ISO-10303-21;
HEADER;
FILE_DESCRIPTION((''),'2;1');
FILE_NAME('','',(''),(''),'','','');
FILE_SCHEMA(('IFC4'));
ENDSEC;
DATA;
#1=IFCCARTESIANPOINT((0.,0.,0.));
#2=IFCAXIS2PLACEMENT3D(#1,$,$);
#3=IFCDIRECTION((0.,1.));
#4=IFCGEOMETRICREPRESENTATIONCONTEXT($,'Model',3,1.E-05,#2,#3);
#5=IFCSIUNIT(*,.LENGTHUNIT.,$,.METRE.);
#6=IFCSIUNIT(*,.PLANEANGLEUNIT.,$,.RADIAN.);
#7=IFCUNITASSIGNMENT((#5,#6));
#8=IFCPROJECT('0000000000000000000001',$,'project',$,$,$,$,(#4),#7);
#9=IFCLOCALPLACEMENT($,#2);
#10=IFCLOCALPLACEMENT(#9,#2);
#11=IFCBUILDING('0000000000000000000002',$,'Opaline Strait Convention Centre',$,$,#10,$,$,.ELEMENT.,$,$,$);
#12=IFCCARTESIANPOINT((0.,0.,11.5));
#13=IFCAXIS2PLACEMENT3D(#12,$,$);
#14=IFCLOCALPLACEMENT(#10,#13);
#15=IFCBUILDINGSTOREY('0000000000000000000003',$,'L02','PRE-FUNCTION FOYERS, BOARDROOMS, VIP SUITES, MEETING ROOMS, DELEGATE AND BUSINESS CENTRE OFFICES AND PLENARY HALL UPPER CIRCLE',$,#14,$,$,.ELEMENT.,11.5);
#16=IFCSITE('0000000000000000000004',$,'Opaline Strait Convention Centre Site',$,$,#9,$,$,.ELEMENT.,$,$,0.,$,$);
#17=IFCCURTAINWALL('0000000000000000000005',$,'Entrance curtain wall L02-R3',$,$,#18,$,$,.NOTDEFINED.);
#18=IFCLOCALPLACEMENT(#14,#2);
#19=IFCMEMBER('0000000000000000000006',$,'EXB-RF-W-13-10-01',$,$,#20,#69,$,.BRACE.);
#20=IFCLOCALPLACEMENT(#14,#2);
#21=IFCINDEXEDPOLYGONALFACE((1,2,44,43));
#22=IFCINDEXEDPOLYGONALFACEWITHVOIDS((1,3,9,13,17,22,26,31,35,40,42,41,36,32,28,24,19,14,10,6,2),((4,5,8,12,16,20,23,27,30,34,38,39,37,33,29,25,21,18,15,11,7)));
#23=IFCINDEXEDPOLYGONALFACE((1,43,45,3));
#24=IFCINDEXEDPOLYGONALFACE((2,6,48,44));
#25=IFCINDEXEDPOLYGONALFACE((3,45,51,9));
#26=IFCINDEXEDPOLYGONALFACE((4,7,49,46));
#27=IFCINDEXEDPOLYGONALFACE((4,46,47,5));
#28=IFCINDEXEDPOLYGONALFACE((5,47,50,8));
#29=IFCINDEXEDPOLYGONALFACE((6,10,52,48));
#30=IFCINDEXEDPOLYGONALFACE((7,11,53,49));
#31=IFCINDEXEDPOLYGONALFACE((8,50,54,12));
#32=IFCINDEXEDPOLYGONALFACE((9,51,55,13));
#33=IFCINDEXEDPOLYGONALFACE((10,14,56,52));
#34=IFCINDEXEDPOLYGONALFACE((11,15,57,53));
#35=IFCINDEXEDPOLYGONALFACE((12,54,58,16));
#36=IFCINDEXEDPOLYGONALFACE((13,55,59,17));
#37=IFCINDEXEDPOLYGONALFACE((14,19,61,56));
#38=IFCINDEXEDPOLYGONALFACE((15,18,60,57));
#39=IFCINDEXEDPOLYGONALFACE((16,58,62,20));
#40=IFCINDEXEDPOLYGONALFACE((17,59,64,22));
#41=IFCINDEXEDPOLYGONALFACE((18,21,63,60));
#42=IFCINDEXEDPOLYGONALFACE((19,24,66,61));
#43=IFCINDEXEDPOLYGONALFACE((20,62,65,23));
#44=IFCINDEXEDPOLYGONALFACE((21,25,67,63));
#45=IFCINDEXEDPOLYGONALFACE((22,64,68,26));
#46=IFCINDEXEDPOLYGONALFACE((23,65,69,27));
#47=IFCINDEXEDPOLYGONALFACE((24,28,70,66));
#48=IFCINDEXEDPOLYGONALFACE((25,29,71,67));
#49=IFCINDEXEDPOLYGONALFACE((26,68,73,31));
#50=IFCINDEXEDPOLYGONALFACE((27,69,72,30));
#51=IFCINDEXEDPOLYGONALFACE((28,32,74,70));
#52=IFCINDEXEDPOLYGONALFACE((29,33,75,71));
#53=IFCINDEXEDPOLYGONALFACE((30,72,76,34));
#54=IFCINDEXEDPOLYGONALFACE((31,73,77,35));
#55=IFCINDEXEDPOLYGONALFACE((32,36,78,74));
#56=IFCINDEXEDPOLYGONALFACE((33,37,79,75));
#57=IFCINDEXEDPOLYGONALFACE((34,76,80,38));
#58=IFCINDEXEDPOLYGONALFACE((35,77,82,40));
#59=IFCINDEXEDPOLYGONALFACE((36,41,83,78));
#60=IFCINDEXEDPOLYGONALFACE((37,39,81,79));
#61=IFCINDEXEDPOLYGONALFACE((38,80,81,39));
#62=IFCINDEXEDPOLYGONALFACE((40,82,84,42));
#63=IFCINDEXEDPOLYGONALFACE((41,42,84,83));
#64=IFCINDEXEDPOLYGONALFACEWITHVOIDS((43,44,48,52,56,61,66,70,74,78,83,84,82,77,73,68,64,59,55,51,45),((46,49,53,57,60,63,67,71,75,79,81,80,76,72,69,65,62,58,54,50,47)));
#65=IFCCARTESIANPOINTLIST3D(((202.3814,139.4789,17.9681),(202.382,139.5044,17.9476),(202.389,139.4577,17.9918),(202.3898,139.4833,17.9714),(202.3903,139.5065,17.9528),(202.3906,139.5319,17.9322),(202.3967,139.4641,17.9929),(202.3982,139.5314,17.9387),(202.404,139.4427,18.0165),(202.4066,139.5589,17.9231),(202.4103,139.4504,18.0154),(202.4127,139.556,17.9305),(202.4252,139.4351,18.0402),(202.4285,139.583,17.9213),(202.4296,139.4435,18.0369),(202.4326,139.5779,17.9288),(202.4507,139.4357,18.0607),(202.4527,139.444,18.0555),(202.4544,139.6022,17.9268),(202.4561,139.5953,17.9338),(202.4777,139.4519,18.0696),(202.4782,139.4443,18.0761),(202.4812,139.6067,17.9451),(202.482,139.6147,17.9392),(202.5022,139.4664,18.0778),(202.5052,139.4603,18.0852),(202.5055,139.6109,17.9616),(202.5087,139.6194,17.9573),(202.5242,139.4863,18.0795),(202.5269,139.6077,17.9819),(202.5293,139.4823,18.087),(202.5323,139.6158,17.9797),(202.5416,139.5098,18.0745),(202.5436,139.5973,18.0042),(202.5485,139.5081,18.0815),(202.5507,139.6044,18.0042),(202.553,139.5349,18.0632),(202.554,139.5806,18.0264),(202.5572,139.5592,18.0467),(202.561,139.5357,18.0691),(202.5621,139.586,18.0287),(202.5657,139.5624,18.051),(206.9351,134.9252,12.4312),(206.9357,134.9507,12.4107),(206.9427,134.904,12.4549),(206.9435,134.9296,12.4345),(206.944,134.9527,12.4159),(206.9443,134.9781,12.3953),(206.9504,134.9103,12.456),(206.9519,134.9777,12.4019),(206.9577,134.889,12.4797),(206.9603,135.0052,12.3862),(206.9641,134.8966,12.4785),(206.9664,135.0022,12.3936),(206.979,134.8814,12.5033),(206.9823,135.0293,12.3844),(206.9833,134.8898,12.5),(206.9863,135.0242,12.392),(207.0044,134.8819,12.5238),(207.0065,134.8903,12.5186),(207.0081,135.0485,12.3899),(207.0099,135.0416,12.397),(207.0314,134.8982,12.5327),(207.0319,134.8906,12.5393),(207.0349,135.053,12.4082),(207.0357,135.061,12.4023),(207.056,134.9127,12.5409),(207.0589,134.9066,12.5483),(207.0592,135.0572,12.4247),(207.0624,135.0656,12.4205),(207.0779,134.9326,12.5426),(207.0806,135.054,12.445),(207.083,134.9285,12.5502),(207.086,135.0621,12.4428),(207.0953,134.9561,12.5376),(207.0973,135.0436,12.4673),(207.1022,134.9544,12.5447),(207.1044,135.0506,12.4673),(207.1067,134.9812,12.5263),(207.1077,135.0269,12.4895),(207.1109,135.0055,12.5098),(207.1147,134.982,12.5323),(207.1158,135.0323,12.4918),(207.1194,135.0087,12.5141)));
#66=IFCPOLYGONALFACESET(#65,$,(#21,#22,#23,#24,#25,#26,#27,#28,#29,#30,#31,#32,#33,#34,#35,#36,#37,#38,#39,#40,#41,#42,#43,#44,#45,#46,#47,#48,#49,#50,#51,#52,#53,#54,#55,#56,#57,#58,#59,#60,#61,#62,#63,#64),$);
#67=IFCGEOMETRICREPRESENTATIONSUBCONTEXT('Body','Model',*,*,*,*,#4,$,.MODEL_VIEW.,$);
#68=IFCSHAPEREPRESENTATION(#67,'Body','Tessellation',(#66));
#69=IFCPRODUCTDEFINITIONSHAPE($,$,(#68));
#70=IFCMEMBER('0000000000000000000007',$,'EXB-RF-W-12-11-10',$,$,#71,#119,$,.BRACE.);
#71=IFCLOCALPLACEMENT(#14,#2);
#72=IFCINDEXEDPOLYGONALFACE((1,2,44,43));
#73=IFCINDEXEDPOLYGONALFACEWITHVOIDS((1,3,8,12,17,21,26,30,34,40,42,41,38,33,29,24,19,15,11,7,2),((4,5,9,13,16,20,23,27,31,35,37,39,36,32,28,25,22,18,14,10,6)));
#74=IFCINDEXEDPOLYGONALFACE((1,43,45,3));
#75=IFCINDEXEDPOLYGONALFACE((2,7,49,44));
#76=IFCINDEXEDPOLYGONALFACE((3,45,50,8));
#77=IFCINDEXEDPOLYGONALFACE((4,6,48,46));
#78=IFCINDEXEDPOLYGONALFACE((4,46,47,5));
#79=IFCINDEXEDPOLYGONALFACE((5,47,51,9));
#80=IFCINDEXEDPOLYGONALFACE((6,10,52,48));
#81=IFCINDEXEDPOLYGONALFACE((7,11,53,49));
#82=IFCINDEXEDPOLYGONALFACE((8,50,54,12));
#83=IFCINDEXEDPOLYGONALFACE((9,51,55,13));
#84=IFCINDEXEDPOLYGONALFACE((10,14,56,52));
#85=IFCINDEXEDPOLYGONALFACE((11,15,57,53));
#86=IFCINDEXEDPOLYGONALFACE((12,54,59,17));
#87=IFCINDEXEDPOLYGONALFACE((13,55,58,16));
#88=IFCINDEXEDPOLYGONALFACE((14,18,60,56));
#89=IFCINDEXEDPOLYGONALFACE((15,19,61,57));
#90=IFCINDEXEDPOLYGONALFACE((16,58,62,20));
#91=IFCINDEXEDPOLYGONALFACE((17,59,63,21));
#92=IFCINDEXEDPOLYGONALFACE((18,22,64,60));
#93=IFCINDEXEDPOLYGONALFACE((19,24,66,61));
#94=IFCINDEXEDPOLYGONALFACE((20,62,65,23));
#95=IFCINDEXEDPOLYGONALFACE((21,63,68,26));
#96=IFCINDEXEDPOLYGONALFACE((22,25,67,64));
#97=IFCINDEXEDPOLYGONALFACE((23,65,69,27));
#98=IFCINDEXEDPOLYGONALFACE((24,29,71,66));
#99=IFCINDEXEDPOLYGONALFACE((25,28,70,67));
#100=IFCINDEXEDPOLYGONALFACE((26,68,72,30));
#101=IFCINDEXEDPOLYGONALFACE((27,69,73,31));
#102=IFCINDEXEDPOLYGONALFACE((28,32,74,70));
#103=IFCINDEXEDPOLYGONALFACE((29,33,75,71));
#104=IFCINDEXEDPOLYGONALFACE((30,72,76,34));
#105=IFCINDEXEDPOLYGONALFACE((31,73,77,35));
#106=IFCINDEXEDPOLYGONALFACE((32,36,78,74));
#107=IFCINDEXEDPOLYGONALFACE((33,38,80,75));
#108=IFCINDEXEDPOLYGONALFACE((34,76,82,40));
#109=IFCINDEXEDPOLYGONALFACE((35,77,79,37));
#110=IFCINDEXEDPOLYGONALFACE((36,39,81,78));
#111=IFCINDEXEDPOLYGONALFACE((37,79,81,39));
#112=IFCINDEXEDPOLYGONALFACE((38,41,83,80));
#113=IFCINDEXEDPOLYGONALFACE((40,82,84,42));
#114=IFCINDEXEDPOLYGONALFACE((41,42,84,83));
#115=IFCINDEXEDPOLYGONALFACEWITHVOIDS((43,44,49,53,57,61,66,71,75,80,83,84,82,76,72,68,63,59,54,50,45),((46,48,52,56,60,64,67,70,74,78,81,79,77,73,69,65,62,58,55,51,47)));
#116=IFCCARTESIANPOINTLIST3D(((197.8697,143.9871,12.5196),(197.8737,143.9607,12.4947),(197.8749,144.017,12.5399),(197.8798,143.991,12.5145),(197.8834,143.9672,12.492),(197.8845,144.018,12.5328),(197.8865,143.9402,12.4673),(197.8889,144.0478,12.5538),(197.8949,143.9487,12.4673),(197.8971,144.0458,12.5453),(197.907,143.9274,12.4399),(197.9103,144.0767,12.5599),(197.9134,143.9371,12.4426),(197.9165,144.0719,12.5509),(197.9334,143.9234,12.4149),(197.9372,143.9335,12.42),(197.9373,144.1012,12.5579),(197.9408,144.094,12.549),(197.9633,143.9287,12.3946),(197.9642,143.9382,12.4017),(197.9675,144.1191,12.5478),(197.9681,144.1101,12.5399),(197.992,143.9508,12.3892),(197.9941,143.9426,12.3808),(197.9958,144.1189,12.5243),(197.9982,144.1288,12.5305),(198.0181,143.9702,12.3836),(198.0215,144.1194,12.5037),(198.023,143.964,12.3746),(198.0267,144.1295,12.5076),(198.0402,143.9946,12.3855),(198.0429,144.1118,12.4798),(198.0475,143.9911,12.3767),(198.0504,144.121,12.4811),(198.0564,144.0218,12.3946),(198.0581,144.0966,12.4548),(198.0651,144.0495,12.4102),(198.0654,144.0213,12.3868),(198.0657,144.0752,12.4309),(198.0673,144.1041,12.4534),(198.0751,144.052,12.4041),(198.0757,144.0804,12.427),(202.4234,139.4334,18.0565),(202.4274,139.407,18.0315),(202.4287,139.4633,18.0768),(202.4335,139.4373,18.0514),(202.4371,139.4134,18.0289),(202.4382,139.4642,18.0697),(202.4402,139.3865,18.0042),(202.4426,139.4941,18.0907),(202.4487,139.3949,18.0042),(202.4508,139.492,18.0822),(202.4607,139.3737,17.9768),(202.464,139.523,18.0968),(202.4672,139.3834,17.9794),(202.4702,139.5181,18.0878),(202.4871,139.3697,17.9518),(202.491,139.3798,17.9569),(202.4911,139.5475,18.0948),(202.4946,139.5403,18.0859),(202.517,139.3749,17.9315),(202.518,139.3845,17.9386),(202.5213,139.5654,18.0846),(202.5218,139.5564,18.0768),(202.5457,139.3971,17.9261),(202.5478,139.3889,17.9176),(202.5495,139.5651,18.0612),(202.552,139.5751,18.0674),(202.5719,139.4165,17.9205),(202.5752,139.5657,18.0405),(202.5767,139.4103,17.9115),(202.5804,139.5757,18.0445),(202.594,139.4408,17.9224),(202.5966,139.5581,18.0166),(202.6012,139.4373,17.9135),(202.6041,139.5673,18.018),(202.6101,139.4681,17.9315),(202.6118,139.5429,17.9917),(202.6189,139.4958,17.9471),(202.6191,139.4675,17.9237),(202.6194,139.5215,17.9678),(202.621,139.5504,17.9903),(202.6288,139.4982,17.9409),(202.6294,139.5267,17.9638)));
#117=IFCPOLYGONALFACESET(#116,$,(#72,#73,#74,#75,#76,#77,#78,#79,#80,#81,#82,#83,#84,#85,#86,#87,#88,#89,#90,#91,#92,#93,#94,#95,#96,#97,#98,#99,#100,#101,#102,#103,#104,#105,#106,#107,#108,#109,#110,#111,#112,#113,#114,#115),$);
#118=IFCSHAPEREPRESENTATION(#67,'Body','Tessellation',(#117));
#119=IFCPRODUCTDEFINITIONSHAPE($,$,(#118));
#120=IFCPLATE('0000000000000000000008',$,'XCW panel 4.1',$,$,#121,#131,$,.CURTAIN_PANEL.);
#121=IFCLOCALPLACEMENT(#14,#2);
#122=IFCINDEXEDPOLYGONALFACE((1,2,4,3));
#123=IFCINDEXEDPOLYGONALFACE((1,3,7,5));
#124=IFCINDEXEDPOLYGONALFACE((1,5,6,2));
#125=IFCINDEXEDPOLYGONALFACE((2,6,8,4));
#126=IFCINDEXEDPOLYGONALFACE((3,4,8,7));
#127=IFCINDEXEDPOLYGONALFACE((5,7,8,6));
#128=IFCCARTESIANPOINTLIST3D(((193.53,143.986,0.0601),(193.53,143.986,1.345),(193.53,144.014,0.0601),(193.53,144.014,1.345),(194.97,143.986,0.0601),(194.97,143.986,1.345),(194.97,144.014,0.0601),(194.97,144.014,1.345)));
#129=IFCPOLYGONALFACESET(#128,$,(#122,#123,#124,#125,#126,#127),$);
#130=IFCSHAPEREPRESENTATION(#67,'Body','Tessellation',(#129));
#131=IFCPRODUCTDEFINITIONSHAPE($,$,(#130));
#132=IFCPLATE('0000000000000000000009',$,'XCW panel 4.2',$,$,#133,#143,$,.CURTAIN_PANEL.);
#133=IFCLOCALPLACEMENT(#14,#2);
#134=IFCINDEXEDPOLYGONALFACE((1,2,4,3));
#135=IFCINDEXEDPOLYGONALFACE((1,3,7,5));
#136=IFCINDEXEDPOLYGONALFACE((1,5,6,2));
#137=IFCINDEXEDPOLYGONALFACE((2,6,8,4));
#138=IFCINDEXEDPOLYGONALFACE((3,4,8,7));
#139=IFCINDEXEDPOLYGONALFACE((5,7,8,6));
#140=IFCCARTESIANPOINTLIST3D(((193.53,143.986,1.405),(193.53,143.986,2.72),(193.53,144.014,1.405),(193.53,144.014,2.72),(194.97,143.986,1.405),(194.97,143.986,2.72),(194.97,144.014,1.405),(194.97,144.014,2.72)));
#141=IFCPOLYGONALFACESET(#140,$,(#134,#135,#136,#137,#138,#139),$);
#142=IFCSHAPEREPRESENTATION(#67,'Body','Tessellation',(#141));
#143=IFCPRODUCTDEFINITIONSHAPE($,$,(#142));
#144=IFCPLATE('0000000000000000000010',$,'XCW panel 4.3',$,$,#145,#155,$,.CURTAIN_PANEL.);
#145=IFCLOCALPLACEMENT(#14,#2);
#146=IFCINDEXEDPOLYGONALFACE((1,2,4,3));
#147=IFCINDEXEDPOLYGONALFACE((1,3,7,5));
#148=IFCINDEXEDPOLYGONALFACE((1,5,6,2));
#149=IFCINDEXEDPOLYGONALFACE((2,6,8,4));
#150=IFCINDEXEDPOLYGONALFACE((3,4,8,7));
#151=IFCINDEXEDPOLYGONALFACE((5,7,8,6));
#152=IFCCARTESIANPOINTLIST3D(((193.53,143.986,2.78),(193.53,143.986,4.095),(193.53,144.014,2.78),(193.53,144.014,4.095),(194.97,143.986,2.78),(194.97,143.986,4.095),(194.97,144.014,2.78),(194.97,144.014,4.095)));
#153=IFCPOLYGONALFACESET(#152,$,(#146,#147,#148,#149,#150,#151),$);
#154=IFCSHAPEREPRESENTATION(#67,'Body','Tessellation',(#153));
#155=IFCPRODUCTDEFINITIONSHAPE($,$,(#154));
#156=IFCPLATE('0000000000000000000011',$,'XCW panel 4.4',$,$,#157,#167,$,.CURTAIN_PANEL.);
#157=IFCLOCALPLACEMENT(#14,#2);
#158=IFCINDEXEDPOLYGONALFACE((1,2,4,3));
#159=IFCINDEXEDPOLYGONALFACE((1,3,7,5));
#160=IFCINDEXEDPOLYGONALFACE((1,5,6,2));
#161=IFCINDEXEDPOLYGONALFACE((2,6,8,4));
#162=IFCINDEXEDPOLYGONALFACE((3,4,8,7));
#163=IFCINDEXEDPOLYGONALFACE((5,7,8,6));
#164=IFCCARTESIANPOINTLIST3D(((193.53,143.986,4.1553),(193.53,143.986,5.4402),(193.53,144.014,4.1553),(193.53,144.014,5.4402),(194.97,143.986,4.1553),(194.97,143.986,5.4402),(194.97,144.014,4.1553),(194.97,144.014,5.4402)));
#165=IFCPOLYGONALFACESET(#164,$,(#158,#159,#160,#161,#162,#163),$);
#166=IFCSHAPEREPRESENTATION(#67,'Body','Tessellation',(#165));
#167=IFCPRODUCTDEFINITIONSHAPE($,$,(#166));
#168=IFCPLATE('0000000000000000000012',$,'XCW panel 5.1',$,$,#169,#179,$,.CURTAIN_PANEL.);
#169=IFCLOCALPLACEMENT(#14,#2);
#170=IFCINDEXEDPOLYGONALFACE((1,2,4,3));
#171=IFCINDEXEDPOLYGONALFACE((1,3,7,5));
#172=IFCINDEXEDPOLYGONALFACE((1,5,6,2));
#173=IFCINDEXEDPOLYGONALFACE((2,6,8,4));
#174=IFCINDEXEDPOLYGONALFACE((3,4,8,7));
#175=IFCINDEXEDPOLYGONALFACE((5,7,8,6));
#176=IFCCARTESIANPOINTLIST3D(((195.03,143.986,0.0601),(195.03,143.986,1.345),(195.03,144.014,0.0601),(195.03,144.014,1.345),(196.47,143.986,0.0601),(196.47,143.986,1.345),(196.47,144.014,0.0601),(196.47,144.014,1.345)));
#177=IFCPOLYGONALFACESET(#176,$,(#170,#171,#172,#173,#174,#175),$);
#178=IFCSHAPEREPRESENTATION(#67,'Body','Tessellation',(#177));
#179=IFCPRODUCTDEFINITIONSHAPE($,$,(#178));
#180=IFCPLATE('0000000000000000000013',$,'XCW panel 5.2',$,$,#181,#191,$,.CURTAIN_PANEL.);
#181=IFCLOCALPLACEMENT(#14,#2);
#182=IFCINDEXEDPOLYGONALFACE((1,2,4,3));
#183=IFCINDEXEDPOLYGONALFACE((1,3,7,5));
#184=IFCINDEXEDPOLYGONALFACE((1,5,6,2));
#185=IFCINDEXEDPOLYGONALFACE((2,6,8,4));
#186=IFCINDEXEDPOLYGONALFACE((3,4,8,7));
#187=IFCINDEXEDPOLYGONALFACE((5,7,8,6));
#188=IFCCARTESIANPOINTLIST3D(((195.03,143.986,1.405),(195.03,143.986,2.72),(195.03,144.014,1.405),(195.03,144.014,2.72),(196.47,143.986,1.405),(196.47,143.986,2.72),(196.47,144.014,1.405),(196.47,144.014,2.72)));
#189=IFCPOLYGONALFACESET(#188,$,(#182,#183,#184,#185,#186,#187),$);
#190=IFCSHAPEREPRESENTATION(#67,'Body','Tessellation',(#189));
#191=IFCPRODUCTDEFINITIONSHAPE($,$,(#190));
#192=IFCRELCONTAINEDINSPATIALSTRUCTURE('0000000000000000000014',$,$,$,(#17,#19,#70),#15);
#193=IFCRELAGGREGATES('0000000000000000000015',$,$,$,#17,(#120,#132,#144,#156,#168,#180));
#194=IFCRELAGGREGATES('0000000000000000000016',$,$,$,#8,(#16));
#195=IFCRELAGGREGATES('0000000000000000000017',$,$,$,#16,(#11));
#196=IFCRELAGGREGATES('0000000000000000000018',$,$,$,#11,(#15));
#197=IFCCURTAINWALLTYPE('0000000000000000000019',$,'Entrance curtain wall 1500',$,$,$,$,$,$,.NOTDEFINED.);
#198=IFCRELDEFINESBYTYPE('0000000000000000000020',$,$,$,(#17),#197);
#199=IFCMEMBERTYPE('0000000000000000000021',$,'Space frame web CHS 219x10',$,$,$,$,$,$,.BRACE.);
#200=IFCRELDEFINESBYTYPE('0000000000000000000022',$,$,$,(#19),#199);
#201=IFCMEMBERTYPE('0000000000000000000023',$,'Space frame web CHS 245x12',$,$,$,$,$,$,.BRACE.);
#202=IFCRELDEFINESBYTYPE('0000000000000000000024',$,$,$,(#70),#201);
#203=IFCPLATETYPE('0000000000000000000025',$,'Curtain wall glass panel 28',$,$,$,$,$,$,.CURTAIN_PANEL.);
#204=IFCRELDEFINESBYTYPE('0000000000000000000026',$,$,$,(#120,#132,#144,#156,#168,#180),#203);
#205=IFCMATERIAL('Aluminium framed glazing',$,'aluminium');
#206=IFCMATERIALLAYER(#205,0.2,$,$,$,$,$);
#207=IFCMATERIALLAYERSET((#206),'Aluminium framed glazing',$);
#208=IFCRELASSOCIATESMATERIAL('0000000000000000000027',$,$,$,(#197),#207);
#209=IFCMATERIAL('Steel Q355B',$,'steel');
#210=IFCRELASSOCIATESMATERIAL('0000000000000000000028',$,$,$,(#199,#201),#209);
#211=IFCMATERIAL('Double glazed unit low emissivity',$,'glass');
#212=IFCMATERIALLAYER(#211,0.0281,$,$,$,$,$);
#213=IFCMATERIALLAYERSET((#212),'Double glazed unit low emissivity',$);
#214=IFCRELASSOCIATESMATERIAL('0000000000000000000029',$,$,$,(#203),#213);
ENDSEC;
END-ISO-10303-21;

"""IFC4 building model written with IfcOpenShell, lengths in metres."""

from ifc_helpers import new_model, si_unit, direction, frame, origin, origin_2d, place, context, subcontext, project, spatial, rectangle, hollow_circle, extrude, material, layer, layer_set, material_profile, profile_set, type_object, element, aggregate, save


model = new_model("IFC4")

# Units and contexts
model_context = context("Model", 3, precision=1e-05, world=origin(), true_north=direction((0.0, 1.0)))
body_context = subcontext(model_context, "Body", "Model", "MODEL_VIEW")
ifc_project = project(units=[si_unit("LENGTHUNIT", "METRE"), si_unit("PLANEANGLEUNIT", "RADIAN")], contexts=[model_context])

# Site, building, storey
site_placement = place(None, origin())
site = spatial("IfcSite", under=ifc_project, at=site_placement, Name="Opaline Strait Convention Centre Site", CompositionType="ELEMENT", RefElevation=0.0)
building_placement = place(site_placement, origin())
building = spatial("IfcBuilding", under=site, at=building_placement, Name="Opaline Strait Convention Centre", CompositionType="ELEMENT")
storey_placement = place(building_placement, frame((0.0, 0.0, 11.5)))
storey = spatial("IfcBuildingStorey", under=building, at=storey_placement, Name="L02", Description="PRE-FUNCTION FOYERS, BOARDROOMS, VIP SUITES, MEETING ROOMS, DELEGATE AND BUSINESS CENTRE OFFICES AND PLENARY HALL UPPER CIRCLE", CompositionType="ELEMENT", Elevation=11.5)

# Curtain wall
ifc_material_1 = material(Name="Aluminium framed glazing", Category="aluminium")
ifc_layer_1 = layer(ifc_material_1, 0.2)
ifc_layer_set_1 = layer_set([ifc_layer_1], Name="Aluminium framed glazing")
curtain_wall_type = type_object("IfcCurtainWallType", Name="Entrance curtain wall 1500", PredefinedType="NOTDEFINED", material=ifc_layer_set_1)
curtain_wall_placement = place(storey_placement, origin())
curtain_wall = element("IfcCurtainWall", 1, at=curtain_wall_placement, inside=storey, type_object=curtain_wall_type, Name="Entrance curtain wall L02-R3", PredefinedType="NOTDEFINED")

# Members
ifc_material_2 = material(Name="Steel Q355B", Category="steel")
ifc_material_profile_1 = material_profile(ifc_material_2, hollow_circle(Radius=0.1096, WallThickness=0.01, at=origin_2d()), Name="CHS 219x10")
ifc_profile_set_1 = profile_set([ifc_material_profile_1], Name="Steel Q355B")
member_type_1 = type_object("IfcMemberType", Name="Space frame web CHS 219x10", PredefinedType="BRACE", material=ifc_profile_set_1)
for number, where, z_axis, x_axis, name in (
    (2, (202.4731, 139.5269, 18.0042), (0.536178, -0.536178, -0.65194), (0.707107, 0.707107, 0.0), "EXB-RF-W-13-10-01"),
):
    element("IfcMember", number, at=place(storey_placement, frame(where, z_axis=z_axis, x_axis=x_axis)), inside=storey, type_object=member_type_1, Name=name, PredefinedType="BRACE", context=body_context, shape_type="SweptSolid", body=[
        extrude(hollow_circle(Radius=0.1096, WallThickness=0.01, at=origin_2d()), origin(), (0.0, 0.0, 1.0), 8.4929),
    ])
ifc_material_profile_2 = material_profile(ifc_material_2, hollow_circle(Radius=0.1226, WallThickness=0.012, at=origin_2d()), Name="CHS 245x12")
ifc_profile_set_2 = profile_set([ifc_material_profile_2], Name="Steel Q355B")
member_type_2 = type_object("IfcMemberType", Name="Space frame web CHS 245x12", PredefinedType="BRACE", material=ifc_profile_set_2)
member_1_placement = place(storey_placement, frame((202.5269, 139.4731, 18.0042), z_axis=(-0.536178, 0.536178, -0.65194), x_axis=(-0.707107, -0.707107, 0.0)))
element("IfcMember", 3, at=member_1_placement, inside=storey, type_object=member_type_2, Name="EXB-RF-W-12-11-10", PredefinedType="BRACE", context=body_context, shape_type="SweptSolid", body=[
    extrude(hollow_circle(Radius=0.1226, WallThickness=0.012, at=origin_2d()), origin(), (0.0, 0.0, 1.0), 8.4929),
])

# Plates
ifc_material_3 = material(Name="Double glazed unit low emissivity", Category="glass")
ifc_layer_2 = layer(ifc_material_3, 0.0281)
ifc_layer_set_2 = layer_set([ifc_layer_2], Name="Double glazed unit low emissivity")
plate_type = type_object("IfcPlateType", Name="Curtain wall glass panel 28", PredefinedType="CURTAIN_PANEL", material=ifc_layer_set_2)
plate_1_placement = place(storey_placement, frame((194.25, 144.0, 0.0601), z_axis=(0.0, 0.0, 1.0), x_axis=(1.0, 0.0, 0.0)))
plate_1 = element("IfcPlate", 4, at=plate_1_placement, type_object=plate_type, Name="XCW panel 4.1", PredefinedType="CURTAIN_PANEL", context=body_context, shape_type="SweptSolid", body=[
    extrude(rectangle(XDim=1.4399, YDim=0.0281, at=origin_2d()), origin(), (0.0, 0.0, 1.0), 1.2849),
])
plate_2_placement = place(storey_placement, frame((194.25, 144.0, 1.405), z_axis=(0.0, 0.0, 1.0), x_axis=(1.0, 0.0, 0.0)))
plate_2 = element("IfcPlate", 5, at=plate_2_placement, type_object=plate_type, Name="XCW panel 4.2", PredefinedType="CURTAIN_PANEL", context=body_context, shape_type="SweptSolid", body=[
    extrude(rectangle(XDim=1.4399, YDim=0.0281, at=origin_2d()), origin(), (0.0, 0.0, 1.0), 1.3149),
])
plate_3_placement = place(storey_placement, frame((194.25, 144.0, 2.78), z_axis=(0.0, 0.0, 1.0), x_axis=(1.0, 0.0, 0.0)))
plate_3 = element("IfcPlate", 6, at=plate_3_placement, type_object=plate_type, Name="XCW panel 4.3", PredefinedType="CURTAIN_PANEL", context=body_context, shape_type="SweptSolid", body=[
    extrude(rectangle(XDim=1.4399, YDim=0.0281, at=origin_2d()), origin(), (0.0, 0.0, 1.0), 1.3149),
])
plate_4_placement = place(storey_placement, frame((194.25, 144.0, 4.1553), z_axis=(0.0, 0.0, 1.0), x_axis=(1.0, 0.0, 0.0)))
plate_4 = element("IfcPlate", 7, at=plate_4_placement, type_object=plate_type, Name="XCW panel 4.4", PredefinedType="CURTAIN_PANEL", context=body_context, shape_type="SweptSolid", body=[
    extrude(rectangle(XDim=1.4399, YDim=0.0281, at=origin_2d()), origin(), (0.0, 0.0, 1.0), 1.2849),
])
plate_5_placement = place(storey_placement, frame((195.75, 144.0, 0.0601), z_axis=(0.0, 0.0, 1.0), x_axis=(1.0, 0.0, 0.0)))
plate_5 = element("IfcPlate", 8, at=plate_5_placement, type_object=plate_type, Name="XCW panel 5.1", PredefinedType="CURTAIN_PANEL", context=body_context, shape_type="SweptSolid", body=[
    extrude(rectangle(XDim=1.4399, YDim=0.0281, at=origin_2d()), origin(), (0.0, 0.0, 1.0), 1.2849),
])
plate_6_placement = place(storey_placement, frame((195.75, 144.0, 1.405), z_axis=(0.0, 0.0, 1.0), x_axis=(1.0, 0.0, 0.0)))
plate_6 = element("IfcPlate", 9, at=plate_6_placement, type_object=plate_type, Name="XCW panel 5.2", PredefinedType="CURTAIN_PANEL", context=body_context, shape_type="SweptSolid", body=[
    extrude(rectangle(XDim=1.4399, YDim=0.0281, at=origin_2d()), origin(), (0.0, 0.0, 1.0), 1.3149),
])
aggregate(curtain_wall, [plate_1, plate_2, plate_3, plate_4, plate_5, plate_6])

save(model, "model.ifc")
